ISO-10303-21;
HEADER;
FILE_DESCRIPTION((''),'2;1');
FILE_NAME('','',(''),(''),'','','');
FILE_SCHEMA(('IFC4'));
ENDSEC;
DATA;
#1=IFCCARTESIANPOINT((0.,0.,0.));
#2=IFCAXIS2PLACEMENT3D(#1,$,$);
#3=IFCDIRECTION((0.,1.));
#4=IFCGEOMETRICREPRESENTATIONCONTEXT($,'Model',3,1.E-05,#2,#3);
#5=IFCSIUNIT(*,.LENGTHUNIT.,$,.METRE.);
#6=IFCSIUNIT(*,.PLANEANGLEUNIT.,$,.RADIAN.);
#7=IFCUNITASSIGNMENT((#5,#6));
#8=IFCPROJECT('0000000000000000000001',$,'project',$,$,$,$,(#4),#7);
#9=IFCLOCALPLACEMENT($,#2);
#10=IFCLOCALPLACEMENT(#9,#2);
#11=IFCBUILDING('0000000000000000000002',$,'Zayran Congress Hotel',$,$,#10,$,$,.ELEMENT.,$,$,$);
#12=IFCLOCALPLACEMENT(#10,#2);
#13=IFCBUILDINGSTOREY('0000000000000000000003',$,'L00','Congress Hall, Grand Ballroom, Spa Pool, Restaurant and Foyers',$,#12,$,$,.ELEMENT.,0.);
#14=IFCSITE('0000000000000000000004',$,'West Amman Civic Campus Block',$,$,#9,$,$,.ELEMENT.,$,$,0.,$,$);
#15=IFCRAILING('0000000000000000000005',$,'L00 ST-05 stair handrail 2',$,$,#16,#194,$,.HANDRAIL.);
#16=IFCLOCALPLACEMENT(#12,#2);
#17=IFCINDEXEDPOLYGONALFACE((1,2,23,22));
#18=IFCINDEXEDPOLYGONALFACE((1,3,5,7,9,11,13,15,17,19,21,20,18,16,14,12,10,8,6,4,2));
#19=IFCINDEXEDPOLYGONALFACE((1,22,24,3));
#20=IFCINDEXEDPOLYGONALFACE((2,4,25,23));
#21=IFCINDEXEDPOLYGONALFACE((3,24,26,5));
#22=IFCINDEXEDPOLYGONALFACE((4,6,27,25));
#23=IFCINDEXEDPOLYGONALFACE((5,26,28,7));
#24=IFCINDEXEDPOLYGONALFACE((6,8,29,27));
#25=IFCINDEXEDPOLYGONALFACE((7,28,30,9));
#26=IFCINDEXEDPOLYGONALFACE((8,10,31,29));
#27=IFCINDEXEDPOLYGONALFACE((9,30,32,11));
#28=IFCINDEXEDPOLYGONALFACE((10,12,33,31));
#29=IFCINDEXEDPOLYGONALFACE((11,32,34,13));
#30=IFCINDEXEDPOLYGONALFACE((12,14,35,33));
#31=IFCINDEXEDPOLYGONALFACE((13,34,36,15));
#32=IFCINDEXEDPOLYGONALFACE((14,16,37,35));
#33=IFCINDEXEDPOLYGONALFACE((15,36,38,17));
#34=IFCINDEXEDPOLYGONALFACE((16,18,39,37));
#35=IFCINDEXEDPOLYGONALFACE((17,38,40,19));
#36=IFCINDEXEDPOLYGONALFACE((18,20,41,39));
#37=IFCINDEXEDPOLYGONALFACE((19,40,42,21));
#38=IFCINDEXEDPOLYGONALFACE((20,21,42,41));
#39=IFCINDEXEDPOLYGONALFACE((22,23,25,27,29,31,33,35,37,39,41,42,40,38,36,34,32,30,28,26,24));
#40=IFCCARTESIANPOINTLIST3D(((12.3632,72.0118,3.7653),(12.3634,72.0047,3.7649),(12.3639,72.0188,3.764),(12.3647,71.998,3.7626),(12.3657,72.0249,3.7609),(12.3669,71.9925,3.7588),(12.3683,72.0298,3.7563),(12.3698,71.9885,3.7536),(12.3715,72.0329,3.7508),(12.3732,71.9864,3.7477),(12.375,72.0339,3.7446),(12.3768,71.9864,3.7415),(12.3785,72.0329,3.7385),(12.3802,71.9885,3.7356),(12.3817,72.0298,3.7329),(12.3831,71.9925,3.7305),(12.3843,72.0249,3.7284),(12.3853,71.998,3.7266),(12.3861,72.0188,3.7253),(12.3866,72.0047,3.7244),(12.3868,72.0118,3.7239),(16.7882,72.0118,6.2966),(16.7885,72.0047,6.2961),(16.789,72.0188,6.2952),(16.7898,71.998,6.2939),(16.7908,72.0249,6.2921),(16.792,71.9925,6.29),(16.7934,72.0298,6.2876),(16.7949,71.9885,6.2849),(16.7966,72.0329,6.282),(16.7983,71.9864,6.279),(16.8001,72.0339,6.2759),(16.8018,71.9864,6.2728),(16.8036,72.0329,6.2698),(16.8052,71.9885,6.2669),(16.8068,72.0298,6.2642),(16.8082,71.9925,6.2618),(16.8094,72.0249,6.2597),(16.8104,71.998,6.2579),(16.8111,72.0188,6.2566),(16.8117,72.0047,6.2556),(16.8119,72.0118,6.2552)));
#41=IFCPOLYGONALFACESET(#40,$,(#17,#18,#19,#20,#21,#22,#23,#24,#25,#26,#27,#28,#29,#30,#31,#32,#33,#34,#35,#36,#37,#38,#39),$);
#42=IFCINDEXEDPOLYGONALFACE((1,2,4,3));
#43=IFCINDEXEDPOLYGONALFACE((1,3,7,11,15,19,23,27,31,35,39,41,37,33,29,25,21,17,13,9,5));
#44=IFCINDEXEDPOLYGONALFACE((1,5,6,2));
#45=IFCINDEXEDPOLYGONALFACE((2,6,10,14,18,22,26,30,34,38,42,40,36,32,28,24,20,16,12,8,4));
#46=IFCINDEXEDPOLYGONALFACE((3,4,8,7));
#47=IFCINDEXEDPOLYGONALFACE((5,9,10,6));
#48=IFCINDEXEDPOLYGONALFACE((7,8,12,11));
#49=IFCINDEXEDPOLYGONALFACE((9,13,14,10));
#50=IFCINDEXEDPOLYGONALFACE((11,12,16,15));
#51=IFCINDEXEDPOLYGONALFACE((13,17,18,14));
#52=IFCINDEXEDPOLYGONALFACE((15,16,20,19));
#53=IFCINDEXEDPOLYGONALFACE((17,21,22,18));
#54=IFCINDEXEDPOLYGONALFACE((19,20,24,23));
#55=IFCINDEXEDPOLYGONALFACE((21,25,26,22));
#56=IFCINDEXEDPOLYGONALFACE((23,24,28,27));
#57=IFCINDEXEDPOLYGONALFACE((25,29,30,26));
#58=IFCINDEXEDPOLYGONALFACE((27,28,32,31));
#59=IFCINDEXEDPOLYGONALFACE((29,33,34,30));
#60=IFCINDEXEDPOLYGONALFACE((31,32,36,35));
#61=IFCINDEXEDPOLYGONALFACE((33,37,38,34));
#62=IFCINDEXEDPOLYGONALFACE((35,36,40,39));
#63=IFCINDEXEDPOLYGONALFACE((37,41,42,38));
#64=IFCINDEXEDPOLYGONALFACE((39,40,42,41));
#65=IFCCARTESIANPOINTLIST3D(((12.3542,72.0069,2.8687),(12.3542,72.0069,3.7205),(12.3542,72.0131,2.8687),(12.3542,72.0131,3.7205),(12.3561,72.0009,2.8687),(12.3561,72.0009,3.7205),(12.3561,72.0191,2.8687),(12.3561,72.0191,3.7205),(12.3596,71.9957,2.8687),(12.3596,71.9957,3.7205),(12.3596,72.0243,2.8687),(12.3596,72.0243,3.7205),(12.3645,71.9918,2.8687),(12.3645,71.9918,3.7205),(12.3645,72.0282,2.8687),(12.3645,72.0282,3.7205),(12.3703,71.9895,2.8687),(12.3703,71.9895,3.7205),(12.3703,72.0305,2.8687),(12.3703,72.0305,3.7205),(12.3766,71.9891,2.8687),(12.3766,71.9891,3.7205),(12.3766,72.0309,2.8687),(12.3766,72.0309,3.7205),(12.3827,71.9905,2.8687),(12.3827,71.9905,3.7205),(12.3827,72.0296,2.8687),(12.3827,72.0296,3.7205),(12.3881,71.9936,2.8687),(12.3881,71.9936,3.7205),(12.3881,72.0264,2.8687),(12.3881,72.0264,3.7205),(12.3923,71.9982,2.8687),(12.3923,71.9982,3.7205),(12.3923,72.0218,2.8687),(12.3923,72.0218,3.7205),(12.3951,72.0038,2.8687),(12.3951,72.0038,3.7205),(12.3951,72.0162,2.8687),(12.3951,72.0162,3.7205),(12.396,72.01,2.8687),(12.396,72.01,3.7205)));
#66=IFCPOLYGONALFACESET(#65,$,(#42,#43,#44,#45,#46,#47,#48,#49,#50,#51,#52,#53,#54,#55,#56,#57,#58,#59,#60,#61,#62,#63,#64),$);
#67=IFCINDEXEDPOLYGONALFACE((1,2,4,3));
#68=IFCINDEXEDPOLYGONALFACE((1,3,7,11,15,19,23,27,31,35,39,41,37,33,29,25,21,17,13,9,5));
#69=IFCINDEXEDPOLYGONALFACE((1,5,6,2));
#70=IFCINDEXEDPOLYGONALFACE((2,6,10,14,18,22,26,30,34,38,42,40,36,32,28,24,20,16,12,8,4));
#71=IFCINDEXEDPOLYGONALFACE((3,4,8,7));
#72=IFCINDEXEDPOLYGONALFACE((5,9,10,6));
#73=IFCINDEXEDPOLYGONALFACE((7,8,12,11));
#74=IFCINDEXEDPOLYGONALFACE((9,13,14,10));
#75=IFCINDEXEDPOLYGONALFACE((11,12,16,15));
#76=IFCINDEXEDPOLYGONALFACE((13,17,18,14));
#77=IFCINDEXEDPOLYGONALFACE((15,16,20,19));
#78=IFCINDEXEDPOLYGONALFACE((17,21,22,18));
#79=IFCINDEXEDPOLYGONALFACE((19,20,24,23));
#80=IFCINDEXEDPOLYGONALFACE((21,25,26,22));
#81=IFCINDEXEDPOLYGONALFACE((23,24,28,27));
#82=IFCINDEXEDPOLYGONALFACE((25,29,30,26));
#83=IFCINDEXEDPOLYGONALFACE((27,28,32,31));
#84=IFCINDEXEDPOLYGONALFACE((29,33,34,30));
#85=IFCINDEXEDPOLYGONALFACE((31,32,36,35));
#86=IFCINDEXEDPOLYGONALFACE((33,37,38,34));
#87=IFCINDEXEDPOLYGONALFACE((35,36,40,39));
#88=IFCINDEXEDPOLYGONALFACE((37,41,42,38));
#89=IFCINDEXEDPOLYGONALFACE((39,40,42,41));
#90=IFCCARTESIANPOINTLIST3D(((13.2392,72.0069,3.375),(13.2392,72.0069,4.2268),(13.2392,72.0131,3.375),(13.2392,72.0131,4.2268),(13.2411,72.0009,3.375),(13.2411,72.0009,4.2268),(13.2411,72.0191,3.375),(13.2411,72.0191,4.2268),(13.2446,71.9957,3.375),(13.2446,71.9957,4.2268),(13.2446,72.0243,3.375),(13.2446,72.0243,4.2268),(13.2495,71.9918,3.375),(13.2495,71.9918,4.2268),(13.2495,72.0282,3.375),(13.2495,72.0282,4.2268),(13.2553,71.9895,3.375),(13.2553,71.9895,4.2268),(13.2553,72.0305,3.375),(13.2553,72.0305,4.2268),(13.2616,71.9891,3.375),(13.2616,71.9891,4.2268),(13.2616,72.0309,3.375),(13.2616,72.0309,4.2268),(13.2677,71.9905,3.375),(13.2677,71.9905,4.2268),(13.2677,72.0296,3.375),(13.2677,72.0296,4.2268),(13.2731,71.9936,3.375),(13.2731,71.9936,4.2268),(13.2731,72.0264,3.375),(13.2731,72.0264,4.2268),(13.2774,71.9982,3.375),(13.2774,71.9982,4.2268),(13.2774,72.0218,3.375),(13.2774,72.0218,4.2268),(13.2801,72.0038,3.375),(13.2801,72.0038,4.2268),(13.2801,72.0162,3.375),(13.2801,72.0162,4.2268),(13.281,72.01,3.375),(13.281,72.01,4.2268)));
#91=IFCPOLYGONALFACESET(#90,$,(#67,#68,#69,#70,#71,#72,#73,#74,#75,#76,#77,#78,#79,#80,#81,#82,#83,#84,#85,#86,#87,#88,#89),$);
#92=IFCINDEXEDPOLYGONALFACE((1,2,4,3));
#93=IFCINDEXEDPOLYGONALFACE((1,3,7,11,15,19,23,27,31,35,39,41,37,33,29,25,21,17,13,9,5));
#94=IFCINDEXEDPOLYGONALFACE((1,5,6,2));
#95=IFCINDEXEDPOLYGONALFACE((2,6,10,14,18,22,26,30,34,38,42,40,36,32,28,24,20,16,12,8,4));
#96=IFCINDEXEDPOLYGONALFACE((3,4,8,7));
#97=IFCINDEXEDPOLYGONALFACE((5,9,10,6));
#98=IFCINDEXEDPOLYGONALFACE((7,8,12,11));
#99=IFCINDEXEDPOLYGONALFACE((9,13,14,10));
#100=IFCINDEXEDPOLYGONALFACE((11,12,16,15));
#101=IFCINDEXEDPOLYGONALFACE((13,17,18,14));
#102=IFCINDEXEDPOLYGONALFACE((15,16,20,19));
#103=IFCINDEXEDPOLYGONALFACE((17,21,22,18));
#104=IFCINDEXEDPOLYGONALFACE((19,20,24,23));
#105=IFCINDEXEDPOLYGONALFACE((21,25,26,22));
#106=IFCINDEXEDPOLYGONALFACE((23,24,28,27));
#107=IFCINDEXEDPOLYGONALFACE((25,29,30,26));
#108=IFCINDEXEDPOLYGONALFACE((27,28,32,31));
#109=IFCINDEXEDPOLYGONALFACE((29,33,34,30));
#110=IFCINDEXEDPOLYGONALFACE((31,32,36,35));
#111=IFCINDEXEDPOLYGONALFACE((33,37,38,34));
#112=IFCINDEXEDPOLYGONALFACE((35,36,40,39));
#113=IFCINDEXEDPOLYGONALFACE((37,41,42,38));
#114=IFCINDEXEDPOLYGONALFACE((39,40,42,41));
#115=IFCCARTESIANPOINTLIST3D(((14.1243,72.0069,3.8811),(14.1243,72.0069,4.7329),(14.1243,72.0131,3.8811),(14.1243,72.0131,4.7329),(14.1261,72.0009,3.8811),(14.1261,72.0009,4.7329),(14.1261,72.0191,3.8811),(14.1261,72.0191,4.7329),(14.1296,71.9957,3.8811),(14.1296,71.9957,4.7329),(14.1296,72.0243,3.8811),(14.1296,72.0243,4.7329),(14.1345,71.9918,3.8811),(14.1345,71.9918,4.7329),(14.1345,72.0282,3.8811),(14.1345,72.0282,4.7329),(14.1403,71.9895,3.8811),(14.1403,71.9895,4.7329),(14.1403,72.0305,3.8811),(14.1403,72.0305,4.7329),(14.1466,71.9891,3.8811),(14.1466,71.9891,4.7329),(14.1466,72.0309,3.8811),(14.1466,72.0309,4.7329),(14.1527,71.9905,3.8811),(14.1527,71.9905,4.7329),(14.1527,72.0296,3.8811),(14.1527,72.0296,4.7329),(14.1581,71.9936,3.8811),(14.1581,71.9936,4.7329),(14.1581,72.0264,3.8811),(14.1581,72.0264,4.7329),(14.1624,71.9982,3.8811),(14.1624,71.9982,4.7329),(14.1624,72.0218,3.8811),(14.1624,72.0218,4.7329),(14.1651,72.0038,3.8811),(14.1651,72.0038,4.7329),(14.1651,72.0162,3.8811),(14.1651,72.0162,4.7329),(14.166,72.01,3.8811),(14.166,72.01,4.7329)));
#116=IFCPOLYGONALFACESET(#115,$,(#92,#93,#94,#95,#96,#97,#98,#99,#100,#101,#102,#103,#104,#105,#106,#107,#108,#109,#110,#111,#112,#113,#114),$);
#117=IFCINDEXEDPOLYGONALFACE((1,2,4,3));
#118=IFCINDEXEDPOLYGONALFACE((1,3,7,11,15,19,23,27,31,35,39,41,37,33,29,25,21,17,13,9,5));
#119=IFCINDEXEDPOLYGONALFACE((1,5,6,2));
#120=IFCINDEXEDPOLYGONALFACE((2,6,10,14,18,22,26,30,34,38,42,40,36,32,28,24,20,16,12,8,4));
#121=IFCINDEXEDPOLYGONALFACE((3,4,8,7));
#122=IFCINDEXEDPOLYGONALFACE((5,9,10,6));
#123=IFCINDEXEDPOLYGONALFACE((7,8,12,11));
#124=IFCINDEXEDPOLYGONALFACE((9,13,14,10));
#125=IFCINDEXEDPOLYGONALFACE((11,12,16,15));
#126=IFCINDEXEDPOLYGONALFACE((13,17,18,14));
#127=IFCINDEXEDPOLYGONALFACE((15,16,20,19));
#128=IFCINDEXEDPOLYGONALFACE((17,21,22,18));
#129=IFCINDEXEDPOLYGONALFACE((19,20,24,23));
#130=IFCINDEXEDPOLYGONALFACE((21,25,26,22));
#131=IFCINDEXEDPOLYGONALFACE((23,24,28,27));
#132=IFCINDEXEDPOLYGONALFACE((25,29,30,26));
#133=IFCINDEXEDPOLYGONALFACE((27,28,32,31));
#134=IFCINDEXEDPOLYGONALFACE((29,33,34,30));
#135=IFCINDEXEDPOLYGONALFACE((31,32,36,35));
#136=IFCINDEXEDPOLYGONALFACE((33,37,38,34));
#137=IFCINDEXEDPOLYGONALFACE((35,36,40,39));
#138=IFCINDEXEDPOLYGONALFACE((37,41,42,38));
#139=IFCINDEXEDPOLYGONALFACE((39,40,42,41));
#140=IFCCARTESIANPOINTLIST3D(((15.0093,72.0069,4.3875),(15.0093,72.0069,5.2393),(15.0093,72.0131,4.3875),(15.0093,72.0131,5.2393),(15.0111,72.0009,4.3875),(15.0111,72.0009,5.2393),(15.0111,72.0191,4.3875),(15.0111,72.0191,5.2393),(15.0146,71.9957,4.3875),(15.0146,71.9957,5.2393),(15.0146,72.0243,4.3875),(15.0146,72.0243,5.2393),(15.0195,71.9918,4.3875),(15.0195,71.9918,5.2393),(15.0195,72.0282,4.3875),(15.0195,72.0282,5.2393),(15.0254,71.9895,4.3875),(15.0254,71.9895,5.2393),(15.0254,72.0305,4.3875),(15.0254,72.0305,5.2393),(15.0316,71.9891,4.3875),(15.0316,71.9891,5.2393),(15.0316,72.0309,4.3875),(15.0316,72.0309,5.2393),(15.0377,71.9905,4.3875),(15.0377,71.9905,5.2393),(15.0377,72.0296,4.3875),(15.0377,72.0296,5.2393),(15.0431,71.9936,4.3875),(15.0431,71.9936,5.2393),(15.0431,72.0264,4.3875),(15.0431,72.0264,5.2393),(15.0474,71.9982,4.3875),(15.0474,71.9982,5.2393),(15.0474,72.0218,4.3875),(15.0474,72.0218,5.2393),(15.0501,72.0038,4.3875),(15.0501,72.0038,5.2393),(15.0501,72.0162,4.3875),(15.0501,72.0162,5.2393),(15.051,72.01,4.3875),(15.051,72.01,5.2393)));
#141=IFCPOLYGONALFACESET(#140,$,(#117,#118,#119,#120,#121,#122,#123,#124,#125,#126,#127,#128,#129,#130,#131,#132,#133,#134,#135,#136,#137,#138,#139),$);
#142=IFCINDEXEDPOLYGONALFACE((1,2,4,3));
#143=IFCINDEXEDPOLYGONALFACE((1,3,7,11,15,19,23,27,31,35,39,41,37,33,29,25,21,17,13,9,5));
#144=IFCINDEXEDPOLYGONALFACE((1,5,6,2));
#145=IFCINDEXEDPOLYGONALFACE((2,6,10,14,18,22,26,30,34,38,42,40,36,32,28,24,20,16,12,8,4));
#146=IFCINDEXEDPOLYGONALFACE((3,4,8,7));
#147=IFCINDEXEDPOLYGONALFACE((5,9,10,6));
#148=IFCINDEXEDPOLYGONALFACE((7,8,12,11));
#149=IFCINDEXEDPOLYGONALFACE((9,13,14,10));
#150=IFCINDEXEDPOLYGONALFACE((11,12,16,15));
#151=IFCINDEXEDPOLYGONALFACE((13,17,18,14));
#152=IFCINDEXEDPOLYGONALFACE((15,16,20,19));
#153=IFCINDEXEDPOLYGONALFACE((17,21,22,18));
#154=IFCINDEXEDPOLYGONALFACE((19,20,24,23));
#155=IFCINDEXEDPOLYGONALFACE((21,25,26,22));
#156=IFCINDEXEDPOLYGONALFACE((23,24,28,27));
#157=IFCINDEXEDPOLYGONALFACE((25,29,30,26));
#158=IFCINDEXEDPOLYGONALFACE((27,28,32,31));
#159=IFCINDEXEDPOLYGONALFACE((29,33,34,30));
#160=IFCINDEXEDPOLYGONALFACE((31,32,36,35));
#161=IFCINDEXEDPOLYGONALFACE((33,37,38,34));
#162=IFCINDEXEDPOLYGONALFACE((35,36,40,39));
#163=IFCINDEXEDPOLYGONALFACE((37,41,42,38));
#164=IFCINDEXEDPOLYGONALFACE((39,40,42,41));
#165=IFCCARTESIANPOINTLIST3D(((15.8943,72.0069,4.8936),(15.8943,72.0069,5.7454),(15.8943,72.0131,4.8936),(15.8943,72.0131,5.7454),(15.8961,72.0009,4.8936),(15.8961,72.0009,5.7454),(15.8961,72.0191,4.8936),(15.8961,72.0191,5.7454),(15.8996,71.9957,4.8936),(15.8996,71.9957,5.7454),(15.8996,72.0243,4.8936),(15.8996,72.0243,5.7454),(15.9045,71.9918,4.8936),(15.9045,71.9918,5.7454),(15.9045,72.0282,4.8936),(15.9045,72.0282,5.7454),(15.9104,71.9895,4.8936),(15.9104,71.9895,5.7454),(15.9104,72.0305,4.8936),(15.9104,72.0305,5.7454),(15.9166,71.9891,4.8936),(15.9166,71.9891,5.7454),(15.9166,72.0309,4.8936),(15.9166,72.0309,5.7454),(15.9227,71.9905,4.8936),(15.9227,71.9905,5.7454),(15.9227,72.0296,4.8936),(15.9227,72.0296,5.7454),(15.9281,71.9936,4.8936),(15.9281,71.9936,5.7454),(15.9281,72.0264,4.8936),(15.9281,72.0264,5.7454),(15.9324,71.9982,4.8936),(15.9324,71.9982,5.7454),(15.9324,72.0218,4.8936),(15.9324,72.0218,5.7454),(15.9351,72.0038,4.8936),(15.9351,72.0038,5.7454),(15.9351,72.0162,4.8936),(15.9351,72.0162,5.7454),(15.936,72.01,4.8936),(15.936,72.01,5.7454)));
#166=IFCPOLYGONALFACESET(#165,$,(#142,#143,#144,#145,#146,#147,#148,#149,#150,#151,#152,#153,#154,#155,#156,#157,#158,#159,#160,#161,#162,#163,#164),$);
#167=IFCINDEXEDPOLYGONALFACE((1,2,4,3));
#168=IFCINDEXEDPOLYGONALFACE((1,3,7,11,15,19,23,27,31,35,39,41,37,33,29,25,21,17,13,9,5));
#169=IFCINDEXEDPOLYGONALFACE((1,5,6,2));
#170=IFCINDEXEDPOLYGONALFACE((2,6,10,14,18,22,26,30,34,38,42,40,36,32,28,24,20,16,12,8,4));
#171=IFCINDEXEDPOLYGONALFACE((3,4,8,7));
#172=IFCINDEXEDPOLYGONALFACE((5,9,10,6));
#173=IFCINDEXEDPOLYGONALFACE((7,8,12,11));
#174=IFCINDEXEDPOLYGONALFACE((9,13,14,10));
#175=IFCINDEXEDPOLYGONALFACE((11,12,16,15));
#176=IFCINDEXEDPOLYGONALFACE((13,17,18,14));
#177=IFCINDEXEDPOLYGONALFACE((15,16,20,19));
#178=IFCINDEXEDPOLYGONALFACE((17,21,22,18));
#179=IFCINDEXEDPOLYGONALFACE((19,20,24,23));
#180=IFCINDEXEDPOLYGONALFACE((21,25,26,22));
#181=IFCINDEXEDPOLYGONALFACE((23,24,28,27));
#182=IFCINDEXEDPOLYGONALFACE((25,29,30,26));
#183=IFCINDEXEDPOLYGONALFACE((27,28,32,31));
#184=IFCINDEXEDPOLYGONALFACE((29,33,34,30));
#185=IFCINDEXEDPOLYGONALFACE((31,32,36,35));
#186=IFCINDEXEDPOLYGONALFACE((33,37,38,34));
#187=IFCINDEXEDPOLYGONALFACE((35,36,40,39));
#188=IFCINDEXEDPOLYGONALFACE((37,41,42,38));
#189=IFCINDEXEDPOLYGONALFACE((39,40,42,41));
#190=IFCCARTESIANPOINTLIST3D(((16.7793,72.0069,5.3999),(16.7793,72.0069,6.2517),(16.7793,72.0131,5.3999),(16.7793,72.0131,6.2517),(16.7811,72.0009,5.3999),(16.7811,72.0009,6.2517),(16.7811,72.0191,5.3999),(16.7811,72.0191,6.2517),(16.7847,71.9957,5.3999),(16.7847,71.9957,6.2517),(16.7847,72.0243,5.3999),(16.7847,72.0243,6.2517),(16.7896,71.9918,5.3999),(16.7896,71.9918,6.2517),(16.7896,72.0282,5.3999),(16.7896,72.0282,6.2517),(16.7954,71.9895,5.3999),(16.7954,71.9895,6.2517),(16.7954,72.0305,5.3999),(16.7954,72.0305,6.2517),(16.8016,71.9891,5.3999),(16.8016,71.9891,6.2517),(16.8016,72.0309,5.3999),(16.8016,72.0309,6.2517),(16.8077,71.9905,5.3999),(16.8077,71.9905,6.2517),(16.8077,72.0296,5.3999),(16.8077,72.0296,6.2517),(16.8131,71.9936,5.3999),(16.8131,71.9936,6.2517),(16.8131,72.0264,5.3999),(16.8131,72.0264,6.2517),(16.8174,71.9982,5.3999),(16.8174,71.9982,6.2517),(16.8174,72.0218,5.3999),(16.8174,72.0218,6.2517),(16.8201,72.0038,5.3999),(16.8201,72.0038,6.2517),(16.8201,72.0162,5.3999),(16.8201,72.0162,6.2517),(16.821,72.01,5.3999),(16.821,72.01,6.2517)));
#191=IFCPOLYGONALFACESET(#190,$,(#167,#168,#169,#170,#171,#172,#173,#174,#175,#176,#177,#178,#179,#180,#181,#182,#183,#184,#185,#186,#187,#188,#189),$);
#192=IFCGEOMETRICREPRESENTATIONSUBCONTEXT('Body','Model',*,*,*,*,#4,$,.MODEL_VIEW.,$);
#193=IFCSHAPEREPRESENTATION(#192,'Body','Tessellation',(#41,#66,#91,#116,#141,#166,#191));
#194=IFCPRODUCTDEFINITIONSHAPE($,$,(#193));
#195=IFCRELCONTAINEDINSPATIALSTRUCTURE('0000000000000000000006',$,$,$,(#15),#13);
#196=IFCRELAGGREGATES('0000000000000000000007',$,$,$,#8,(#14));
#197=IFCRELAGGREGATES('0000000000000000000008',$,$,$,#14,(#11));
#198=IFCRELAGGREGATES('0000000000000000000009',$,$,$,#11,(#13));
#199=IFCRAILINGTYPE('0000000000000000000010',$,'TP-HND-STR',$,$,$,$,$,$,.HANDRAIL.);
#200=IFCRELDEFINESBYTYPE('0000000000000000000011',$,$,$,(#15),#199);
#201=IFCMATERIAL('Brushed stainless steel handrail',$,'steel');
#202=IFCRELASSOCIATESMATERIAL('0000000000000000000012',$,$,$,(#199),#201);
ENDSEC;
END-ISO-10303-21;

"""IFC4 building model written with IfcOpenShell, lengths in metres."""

from ifc_helpers import new_model, si_unit, direction, frame, origin, origin_2d, place, context, subcontext, project, spatial, circle, extrude, material, type_object, element, save


model = new_model("IFC4")

# Units and contexts
model_context = context("Model", 3, precision=1e-05, world=origin(), true_north=direction((0.0, 1.0)))
body_context = subcontext(model_context, "Body", "Model", "MODEL_VIEW")
ifc_project = project(units=[si_unit("LENGTHUNIT", "METRE"), si_unit("PLANEANGLEUNIT", "RADIAN")], contexts=[model_context])

# Site, building, storey
site_placement = place(None, origin())
site = spatial("IfcSite", under=ifc_project, at=site_placement, Name="West Amman Civic Campus Block", CompositionType="ELEMENT", RefElevation=0.0)
building_placement = place(site_placement, origin())
building = spatial("IfcBuilding", under=site, at=building_placement, Name="Zayran Congress Hotel", CompositionType="ELEMENT")
storey_placement = place(building_placement, origin())
storey = spatial("IfcBuildingStorey", under=building, at=storey_placement, Name="L00", Description="Congress Hall, Grand Ballroom, Spa Pool, Restaurant and Foyers", CompositionType="ELEMENT", Elevation=0.0)

# Railing
ifc_material_1 = material(Name="Brushed stainless steel handrail", Category="steel")
railing_type_1 = type_object("IfcRailingType", Name="TP-HND-STR", PredefinedType="HANDRAIL", material=ifc_material_1)
railing_1_placement = place(storey_placement, frame((12.375, 72.01, 2.8687)))
element("IfcRailing", 1, at=railing_1_placement, inside=storey, type_object=railing_type_1, Name="L00 ST-05 stair handrail 2", PredefinedType="HANDRAIL", context=body_context, shape_type="SweptSolid", body=[
    extrude(circle(Radius=0.0239, at=origin_2d()), frame((0.0, 0.0, 0.876), z_axis=(0.868019, 0.0, 0.496531), x_axis=(0.0, 1.0, 0.0)), (0.0, 0.0, 1.0), 5.0979),
    extrude(circle(Radius=0.021, at=origin_2d()), origin(), (0.0, 0.0, 1.0), 0.8518),
    extrude(circle(Radius=0.021, at=origin_2d()), frame((0.885, 0.0, 0.5063)), (0.0, 0.0, 1.0), 0.8518),
    extrude(circle(Radius=0.021, at=origin_2d()), frame((1.77, 0.0, 1.0125)), (0.0, 0.0, 1.0), 0.8518),
    extrude(circle(Radius=0.021, at=origin_2d()), frame((2.655, 0.0, 1.5188)), (0.0, 0.0, 1.0), 0.8518),
    extrude(circle(Radius=0.021, at=origin_2d()), frame((3.54, 0.0, 2.0249)), (0.0, 0.0, 1.0), 0.8518),
    extrude(circle(Radius=0.021, at=origin_2d()), frame((4.425, 0.0, 2.5312)), (0.0, 0.0, 1.0), 0.8518),
])

save(model, "model.ifc")
